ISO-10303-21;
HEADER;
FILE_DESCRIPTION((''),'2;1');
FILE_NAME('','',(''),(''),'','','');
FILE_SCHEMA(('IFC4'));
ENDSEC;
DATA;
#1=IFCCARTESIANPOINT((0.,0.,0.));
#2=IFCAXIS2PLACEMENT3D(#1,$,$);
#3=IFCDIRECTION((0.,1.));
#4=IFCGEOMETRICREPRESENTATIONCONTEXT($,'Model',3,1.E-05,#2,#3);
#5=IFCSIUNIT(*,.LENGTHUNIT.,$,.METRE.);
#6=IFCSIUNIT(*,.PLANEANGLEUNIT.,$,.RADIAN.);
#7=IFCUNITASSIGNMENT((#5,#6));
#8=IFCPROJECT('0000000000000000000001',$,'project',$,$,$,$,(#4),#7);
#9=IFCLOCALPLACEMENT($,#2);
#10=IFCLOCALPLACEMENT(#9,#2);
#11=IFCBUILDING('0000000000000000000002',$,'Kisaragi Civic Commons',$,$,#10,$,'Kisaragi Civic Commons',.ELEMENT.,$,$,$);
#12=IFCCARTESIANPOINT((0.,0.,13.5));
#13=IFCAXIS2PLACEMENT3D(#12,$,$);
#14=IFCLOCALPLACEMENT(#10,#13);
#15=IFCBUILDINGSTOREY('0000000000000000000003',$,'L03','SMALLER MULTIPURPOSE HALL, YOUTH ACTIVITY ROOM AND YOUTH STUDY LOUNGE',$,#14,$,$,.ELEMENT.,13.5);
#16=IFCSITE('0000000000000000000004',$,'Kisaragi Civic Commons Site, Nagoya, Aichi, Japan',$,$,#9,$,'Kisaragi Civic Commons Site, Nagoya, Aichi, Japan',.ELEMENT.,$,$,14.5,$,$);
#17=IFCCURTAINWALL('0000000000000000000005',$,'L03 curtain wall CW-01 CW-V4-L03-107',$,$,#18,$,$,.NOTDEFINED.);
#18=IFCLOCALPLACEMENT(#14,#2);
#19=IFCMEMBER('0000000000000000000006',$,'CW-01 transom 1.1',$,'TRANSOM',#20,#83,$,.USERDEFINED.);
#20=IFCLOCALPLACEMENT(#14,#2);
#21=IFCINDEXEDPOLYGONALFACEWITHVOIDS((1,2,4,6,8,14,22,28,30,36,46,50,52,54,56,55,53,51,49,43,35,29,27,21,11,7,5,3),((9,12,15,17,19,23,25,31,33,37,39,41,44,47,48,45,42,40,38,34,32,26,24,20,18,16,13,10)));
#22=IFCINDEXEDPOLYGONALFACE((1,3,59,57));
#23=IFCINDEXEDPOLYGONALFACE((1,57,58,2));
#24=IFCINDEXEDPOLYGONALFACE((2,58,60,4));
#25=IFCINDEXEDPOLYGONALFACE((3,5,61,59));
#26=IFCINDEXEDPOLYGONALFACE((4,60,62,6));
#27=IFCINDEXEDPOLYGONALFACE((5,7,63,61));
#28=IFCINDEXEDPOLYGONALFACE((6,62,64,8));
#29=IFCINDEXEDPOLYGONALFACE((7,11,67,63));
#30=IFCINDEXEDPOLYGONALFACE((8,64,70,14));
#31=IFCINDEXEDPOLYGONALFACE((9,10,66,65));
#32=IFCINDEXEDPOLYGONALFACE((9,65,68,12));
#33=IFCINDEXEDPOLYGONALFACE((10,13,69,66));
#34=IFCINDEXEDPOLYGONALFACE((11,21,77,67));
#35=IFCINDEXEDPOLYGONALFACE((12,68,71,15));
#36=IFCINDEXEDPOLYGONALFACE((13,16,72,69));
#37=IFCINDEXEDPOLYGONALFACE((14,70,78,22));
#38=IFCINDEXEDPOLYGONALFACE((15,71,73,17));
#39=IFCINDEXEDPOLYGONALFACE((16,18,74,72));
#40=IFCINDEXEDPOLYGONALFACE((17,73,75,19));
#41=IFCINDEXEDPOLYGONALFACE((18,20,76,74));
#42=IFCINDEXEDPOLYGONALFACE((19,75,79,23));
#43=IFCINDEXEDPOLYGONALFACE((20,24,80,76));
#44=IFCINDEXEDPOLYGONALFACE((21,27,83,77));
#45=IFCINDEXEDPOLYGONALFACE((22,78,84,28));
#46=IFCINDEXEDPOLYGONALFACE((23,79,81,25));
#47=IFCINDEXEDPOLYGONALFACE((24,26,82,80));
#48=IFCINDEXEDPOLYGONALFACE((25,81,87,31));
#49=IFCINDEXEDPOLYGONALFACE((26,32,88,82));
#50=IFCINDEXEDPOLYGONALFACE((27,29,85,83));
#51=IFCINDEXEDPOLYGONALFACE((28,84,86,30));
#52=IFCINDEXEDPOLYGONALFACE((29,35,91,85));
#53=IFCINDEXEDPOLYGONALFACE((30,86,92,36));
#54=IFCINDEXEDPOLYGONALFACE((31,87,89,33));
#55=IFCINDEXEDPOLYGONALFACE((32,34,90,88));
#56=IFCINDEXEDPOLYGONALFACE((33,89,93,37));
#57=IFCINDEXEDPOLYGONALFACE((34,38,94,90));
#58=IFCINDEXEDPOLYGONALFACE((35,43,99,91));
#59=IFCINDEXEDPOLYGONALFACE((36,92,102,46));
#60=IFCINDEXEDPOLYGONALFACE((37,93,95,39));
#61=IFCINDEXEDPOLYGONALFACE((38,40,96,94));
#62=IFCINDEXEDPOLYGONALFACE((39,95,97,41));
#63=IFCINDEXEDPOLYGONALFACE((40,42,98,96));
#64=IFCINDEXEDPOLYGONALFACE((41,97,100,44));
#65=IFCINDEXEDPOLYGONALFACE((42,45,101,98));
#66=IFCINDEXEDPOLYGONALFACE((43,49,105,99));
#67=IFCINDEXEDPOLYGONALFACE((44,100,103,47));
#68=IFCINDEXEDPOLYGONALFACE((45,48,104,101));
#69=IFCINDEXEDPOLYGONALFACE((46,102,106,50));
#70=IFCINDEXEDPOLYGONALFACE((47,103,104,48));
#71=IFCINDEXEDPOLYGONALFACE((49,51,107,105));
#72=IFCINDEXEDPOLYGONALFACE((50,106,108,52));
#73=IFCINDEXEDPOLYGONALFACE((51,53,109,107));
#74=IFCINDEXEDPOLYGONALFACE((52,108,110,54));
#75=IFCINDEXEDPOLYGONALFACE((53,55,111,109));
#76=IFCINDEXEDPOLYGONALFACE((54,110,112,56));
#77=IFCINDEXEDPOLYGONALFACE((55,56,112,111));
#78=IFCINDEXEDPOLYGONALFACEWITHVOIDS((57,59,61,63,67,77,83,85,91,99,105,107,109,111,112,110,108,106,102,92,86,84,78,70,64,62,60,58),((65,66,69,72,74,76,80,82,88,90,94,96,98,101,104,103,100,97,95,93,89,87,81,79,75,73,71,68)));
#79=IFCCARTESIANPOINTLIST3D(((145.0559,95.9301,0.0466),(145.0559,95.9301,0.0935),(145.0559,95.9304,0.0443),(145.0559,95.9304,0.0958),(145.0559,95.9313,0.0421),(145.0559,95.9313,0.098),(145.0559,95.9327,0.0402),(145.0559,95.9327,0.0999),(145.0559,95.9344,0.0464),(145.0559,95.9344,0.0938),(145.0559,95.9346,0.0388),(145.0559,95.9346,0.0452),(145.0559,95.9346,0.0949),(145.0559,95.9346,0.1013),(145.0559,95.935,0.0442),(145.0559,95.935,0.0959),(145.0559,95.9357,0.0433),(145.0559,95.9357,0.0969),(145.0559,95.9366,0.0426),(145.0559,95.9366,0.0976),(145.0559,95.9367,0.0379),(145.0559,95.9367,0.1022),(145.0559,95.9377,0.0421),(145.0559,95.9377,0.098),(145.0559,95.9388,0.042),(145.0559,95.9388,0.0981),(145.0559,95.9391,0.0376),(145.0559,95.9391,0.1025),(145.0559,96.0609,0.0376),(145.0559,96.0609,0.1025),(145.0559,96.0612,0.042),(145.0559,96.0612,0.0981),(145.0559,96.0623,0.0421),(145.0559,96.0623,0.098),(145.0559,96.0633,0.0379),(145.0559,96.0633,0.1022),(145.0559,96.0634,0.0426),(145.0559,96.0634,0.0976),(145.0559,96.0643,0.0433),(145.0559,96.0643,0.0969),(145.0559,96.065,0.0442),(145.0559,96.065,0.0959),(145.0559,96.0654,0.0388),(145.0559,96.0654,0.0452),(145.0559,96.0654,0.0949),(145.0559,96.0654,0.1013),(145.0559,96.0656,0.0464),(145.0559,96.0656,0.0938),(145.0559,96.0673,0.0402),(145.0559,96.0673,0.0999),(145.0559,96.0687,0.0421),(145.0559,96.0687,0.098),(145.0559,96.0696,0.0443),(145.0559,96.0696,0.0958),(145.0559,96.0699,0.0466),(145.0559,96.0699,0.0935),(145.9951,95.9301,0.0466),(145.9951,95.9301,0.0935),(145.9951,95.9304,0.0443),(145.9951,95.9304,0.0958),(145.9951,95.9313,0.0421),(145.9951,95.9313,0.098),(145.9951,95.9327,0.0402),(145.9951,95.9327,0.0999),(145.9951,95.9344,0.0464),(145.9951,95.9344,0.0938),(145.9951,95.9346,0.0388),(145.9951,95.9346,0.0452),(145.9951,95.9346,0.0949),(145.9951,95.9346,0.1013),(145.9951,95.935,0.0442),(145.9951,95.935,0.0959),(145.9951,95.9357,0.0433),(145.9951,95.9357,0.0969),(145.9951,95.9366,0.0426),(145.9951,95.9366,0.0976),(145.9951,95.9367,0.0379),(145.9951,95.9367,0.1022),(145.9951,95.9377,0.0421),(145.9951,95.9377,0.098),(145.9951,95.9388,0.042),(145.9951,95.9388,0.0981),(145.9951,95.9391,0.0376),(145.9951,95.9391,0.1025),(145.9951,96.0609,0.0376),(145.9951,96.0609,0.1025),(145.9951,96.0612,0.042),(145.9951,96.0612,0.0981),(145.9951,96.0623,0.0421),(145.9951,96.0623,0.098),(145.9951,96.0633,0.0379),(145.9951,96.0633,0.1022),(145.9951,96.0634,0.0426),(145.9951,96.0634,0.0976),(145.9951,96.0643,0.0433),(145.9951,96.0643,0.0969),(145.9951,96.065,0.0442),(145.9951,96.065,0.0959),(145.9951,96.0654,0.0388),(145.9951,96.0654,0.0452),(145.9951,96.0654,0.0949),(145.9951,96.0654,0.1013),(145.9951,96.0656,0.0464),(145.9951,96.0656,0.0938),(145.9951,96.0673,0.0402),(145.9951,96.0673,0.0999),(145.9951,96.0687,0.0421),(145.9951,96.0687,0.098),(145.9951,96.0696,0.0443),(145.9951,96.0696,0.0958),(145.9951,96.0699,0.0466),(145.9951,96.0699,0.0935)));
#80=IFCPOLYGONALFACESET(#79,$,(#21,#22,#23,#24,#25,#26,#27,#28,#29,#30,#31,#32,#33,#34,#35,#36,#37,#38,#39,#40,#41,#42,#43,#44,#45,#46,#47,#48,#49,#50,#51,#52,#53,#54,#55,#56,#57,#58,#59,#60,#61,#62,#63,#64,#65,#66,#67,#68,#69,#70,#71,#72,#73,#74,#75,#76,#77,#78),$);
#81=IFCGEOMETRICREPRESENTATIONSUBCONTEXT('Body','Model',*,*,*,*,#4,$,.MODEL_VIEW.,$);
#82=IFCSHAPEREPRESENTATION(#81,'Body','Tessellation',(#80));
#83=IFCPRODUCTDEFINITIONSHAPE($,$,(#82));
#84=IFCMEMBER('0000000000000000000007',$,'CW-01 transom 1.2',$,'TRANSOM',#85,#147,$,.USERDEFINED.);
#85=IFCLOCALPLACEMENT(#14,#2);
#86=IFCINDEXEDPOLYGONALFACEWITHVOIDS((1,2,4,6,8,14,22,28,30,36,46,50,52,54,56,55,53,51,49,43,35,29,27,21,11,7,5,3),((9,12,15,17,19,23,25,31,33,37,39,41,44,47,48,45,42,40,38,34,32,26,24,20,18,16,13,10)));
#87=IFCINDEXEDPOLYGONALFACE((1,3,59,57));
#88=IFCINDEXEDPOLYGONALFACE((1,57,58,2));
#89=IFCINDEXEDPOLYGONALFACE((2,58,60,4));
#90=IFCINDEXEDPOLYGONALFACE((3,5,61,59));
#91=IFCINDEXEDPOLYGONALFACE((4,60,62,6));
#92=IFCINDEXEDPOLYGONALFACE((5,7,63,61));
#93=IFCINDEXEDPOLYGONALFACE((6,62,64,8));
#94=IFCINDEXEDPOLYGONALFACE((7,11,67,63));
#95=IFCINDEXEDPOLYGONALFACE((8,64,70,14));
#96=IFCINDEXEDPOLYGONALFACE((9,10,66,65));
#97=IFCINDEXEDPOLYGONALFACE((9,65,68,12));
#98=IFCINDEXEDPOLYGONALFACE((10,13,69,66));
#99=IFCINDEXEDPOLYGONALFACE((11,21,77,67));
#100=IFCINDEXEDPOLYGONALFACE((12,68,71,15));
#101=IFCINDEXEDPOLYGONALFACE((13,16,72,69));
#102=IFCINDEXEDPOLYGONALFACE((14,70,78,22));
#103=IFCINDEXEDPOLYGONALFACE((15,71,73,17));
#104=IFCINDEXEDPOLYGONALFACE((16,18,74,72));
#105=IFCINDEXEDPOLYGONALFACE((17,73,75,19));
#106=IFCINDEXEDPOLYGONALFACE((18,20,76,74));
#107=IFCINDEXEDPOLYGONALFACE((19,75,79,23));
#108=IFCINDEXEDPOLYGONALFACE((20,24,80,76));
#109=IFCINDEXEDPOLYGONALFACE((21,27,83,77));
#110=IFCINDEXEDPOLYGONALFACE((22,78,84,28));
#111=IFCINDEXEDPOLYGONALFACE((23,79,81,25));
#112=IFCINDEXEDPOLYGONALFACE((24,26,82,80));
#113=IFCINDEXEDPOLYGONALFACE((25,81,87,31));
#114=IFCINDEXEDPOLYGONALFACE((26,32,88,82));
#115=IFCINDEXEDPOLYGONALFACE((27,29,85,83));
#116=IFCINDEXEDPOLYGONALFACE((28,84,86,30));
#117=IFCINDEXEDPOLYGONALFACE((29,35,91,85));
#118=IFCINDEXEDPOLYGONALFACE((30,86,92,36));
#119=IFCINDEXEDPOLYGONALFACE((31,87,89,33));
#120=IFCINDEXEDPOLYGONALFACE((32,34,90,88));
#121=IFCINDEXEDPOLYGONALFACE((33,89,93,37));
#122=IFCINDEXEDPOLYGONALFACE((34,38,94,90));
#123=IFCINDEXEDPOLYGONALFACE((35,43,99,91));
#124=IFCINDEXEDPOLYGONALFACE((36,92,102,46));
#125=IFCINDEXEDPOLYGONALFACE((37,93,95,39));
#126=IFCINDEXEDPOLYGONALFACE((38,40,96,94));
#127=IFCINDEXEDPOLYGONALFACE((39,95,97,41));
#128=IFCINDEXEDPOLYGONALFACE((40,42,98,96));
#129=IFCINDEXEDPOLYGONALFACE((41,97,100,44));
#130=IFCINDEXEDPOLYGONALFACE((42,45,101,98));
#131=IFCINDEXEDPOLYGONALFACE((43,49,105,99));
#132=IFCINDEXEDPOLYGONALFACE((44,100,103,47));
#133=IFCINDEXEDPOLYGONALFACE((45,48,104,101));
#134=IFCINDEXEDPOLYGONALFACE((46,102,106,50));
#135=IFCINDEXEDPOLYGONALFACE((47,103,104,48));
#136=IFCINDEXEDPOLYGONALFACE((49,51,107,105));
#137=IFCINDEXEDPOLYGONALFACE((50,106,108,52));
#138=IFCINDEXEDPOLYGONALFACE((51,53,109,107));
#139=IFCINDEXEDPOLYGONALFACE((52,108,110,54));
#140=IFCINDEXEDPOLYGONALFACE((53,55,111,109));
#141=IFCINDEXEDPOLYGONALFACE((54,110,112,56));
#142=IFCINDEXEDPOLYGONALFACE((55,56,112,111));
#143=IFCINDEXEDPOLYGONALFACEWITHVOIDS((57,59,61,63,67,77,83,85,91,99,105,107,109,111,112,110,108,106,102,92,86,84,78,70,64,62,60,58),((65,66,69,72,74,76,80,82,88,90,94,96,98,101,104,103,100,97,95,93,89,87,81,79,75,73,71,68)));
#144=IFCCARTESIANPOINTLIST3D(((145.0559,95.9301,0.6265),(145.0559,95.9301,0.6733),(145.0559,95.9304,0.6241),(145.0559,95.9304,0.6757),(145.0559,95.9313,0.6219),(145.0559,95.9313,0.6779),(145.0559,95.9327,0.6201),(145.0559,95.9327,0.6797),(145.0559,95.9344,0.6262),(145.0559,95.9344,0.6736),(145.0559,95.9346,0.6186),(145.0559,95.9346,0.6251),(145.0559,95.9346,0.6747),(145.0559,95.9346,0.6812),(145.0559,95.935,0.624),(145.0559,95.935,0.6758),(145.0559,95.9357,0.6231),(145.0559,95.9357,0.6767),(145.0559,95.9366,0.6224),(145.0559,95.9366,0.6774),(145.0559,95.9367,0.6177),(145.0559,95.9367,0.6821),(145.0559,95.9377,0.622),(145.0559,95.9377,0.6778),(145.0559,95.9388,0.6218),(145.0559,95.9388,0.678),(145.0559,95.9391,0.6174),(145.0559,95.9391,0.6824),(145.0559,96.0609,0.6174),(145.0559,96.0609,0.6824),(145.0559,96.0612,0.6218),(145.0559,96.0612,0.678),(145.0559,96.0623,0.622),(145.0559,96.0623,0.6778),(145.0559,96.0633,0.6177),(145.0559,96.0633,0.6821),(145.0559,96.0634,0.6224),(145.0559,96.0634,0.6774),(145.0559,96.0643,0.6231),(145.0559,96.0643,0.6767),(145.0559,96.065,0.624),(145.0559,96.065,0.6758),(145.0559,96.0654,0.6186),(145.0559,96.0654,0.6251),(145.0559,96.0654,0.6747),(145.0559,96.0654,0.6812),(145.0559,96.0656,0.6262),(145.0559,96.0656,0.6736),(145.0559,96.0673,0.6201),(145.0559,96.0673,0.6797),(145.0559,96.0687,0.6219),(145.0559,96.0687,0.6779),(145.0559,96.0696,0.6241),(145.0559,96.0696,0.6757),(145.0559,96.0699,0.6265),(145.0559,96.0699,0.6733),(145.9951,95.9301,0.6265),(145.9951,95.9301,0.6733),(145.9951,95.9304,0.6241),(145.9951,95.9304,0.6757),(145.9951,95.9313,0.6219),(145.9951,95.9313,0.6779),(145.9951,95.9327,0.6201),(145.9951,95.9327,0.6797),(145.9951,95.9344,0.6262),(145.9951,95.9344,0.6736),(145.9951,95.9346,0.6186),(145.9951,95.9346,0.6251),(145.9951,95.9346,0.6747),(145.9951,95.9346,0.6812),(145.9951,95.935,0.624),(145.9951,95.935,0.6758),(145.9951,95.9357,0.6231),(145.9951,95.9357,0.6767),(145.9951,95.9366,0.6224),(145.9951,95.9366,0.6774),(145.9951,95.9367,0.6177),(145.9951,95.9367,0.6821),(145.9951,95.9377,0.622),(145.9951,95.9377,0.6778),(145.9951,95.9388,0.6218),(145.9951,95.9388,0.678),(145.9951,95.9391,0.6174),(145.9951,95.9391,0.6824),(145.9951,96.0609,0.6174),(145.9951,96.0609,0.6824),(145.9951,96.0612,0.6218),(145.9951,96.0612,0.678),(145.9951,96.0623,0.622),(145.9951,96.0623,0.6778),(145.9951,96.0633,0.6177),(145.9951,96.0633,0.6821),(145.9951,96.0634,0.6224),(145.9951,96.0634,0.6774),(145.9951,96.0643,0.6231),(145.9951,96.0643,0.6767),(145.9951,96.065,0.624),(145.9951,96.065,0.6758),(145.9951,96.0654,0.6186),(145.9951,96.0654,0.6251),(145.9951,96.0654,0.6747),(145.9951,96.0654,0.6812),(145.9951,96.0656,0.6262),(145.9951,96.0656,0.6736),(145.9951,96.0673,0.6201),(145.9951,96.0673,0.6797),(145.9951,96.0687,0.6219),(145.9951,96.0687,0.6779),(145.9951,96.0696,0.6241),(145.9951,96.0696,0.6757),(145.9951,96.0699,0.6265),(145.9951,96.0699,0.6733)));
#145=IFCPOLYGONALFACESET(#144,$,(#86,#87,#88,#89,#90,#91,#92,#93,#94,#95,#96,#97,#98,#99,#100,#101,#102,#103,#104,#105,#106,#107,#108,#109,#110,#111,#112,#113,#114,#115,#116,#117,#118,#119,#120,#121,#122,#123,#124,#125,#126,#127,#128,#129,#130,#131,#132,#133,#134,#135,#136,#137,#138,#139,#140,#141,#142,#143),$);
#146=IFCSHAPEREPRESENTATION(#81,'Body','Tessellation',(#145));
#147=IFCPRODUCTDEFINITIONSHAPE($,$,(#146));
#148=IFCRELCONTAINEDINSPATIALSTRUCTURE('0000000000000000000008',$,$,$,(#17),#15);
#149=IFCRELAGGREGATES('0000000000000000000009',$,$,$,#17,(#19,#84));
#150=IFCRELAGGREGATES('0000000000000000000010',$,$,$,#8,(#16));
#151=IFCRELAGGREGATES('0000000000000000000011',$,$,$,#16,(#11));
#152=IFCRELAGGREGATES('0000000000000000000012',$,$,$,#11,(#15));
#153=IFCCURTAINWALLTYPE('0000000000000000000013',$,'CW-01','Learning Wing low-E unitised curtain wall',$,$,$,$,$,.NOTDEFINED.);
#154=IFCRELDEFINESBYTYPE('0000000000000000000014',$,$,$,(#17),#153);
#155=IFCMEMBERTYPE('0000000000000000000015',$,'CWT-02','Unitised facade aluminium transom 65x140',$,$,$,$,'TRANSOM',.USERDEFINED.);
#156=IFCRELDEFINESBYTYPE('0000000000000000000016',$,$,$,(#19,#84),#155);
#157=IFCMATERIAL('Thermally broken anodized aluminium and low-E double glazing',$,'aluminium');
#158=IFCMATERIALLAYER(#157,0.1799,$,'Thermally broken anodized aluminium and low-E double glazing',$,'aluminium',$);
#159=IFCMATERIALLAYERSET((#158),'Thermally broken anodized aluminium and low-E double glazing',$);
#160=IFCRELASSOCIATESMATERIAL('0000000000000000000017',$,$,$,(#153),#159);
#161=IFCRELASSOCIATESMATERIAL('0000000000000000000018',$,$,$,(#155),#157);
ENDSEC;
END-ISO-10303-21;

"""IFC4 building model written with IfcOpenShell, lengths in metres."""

from ifc_helpers import new_model, si_unit, direction, frame, origin, origin_2d, place, context, subcontext, project, spatial, hollow_rectangle, extrude, material, layer, layer_set, material_profile, profile_set, type_object, element, aggregate, save


model = new_model("IFC4")

# Units and contexts
model_context = context("Model", 3, precision=1e-05, world=origin(), true_north=direction((0.0, 1.0)))
body_context = subcontext(model_context, "Body", "Model", "MODEL_VIEW")
ifc_project = project(units=[si_unit("LENGTHUNIT", "METRE"), si_unit("PLANEANGLEUNIT", "RADIAN")], contexts=[model_context])

# Site, building, storey
site_placement = place(None, origin())
site = spatial("IfcSite", under=ifc_project, at=site_placement, Name="Kisaragi Civic Commons Site, Nagoya, Aichi, Japan", LongName="Kisaragi Civic Commons Site, Nagoya, Aichi, Japan", CompositionType="ELEMENT", RefElevation=14.5)
building_placement = place(site_placement, origin())
building = spatial("IfcBuilding", under=site, at=building_placement, Name="Kisaragi Civic Commons", LongName="Kisaragi Civic Commons", CompositionType="ELEMENT")
storey_placement = place(building_placement, frame((0.0, 0.0, 13.5)))
storey = spatial("IfcBuildingStorey", under=building, at=storey_placement, Name="L03", Description="SMALLER MULTIPURPOSE HALL, YOUTH ACTIVITY ROOM AND YOUTH STUDY LOUNGE", CompositionType="ELEMENT", Elevation=13.5)

# Shared definitions
ifc_material_1 = material(Name="Thermally broken anodized aluminium and low-E double glazing", Category="aluminium")
ifc_layer_1 = layer(ifc_material_1, 0.1799, Name="Thermally broken anodized aluminium and low-E double glazing", Category="aluminium")
ifc_layer_set_1 = layer_set([ifc_layer_1], Name="Thermally broken anodized aluminium and low-E double glazing")
curtain_wall_type = type_object("IfcCurtainWallType", Name="CW-01", Description="Learning Wing low-E unitised curtain wall", PredefinedType="NOTDEFINED", material=ifc_layer_set_1)

# Curtain wall, members
curtain_wall_1_placement = place(storey_placement, origin())
curtain_wall_1 = element("IfcCurtainWall", 1, at=curtain_wall_1_placement, inside=storey, type_object=curtain_wall_type, Name="L03 curtain wall CW-01 CW-V4-L03-107", PredefinedType="NOTDEFINED")
ifc_material_profile_1 = material_profile(ifc_material_1, hollow_rectangle(XDim=0.1399, YDim=0.0649, WallThickness=0.0044, InnerFilletRadius=0.0044, OuterFilletRadius=0.009, at=origin_2d()), Name="CWT-65x140x4.5", Category="aluminium")
ifc_profile_set_1 = profile_set([ifc_material_profile_1], Name="Thermally broken anodized aluminium and low-E double glazing")
member_type_1 = type_object("IfcMemberType", Name="CWT-02", Description="Unitised facade aluminium transom 65x140", ElementType="TRANSOM", PredefinedType="USERDEFINED", material=ifc_profile_set_1)
member_1_placement = place(storey_placement, frame((145.9951, 96.0, 0.0701), z_axis=(-1.0, 0.0, 0.0), x_axis=(0.0, -1.0, 0.0)))
member_1 = element("IfcMember", 2, at=member_1_placement, type_object=member_type_1, Name="CW-01 transom 1.1", ObjectType="TRANSOM", PredefinedType="USERDEFINED", context=body_context, shape_type="SweptSolid", body=[
    extrude(hollow_rectangle(XDim=0.1399, YDim=0.0649, WallThickness=0.0044, InnerFilletRadius=0.0044, OuterFilletRadius=0.009, at=origin_2d()), origin(), (0.0, 0.0, 1.0), 0.9392),
])
member_2_placement = place(storey_placement, frame((145.9951, 96.0, 0.6499), z_axis=(-1.0, 0.0, 0.0), x_axis=(0.0, -1.0, 0.0)))
member_2 = element("IfcMember", 3, at=member_2_placement, type_object=member_type_1, Name="CW-01 transom 1.2", ObjectType="TRANSOM", PredefinedType="USERDEFINED", context=body_context, shape_type="SweptSolid", body=[
    extrude(hollow_rectangle(XDim=0.1399, YDim=0.0649, WallThickness=0.0044, InnerFilletRadius=0.0044, OuterFilletRadius=0.009, at=origin_2d()), origin(), (0.0, 0.0, 1.0), 0.9392),
])

aggregate(curtain_wall_1, [member_1, member_2])

save(model, "model.ifc")
